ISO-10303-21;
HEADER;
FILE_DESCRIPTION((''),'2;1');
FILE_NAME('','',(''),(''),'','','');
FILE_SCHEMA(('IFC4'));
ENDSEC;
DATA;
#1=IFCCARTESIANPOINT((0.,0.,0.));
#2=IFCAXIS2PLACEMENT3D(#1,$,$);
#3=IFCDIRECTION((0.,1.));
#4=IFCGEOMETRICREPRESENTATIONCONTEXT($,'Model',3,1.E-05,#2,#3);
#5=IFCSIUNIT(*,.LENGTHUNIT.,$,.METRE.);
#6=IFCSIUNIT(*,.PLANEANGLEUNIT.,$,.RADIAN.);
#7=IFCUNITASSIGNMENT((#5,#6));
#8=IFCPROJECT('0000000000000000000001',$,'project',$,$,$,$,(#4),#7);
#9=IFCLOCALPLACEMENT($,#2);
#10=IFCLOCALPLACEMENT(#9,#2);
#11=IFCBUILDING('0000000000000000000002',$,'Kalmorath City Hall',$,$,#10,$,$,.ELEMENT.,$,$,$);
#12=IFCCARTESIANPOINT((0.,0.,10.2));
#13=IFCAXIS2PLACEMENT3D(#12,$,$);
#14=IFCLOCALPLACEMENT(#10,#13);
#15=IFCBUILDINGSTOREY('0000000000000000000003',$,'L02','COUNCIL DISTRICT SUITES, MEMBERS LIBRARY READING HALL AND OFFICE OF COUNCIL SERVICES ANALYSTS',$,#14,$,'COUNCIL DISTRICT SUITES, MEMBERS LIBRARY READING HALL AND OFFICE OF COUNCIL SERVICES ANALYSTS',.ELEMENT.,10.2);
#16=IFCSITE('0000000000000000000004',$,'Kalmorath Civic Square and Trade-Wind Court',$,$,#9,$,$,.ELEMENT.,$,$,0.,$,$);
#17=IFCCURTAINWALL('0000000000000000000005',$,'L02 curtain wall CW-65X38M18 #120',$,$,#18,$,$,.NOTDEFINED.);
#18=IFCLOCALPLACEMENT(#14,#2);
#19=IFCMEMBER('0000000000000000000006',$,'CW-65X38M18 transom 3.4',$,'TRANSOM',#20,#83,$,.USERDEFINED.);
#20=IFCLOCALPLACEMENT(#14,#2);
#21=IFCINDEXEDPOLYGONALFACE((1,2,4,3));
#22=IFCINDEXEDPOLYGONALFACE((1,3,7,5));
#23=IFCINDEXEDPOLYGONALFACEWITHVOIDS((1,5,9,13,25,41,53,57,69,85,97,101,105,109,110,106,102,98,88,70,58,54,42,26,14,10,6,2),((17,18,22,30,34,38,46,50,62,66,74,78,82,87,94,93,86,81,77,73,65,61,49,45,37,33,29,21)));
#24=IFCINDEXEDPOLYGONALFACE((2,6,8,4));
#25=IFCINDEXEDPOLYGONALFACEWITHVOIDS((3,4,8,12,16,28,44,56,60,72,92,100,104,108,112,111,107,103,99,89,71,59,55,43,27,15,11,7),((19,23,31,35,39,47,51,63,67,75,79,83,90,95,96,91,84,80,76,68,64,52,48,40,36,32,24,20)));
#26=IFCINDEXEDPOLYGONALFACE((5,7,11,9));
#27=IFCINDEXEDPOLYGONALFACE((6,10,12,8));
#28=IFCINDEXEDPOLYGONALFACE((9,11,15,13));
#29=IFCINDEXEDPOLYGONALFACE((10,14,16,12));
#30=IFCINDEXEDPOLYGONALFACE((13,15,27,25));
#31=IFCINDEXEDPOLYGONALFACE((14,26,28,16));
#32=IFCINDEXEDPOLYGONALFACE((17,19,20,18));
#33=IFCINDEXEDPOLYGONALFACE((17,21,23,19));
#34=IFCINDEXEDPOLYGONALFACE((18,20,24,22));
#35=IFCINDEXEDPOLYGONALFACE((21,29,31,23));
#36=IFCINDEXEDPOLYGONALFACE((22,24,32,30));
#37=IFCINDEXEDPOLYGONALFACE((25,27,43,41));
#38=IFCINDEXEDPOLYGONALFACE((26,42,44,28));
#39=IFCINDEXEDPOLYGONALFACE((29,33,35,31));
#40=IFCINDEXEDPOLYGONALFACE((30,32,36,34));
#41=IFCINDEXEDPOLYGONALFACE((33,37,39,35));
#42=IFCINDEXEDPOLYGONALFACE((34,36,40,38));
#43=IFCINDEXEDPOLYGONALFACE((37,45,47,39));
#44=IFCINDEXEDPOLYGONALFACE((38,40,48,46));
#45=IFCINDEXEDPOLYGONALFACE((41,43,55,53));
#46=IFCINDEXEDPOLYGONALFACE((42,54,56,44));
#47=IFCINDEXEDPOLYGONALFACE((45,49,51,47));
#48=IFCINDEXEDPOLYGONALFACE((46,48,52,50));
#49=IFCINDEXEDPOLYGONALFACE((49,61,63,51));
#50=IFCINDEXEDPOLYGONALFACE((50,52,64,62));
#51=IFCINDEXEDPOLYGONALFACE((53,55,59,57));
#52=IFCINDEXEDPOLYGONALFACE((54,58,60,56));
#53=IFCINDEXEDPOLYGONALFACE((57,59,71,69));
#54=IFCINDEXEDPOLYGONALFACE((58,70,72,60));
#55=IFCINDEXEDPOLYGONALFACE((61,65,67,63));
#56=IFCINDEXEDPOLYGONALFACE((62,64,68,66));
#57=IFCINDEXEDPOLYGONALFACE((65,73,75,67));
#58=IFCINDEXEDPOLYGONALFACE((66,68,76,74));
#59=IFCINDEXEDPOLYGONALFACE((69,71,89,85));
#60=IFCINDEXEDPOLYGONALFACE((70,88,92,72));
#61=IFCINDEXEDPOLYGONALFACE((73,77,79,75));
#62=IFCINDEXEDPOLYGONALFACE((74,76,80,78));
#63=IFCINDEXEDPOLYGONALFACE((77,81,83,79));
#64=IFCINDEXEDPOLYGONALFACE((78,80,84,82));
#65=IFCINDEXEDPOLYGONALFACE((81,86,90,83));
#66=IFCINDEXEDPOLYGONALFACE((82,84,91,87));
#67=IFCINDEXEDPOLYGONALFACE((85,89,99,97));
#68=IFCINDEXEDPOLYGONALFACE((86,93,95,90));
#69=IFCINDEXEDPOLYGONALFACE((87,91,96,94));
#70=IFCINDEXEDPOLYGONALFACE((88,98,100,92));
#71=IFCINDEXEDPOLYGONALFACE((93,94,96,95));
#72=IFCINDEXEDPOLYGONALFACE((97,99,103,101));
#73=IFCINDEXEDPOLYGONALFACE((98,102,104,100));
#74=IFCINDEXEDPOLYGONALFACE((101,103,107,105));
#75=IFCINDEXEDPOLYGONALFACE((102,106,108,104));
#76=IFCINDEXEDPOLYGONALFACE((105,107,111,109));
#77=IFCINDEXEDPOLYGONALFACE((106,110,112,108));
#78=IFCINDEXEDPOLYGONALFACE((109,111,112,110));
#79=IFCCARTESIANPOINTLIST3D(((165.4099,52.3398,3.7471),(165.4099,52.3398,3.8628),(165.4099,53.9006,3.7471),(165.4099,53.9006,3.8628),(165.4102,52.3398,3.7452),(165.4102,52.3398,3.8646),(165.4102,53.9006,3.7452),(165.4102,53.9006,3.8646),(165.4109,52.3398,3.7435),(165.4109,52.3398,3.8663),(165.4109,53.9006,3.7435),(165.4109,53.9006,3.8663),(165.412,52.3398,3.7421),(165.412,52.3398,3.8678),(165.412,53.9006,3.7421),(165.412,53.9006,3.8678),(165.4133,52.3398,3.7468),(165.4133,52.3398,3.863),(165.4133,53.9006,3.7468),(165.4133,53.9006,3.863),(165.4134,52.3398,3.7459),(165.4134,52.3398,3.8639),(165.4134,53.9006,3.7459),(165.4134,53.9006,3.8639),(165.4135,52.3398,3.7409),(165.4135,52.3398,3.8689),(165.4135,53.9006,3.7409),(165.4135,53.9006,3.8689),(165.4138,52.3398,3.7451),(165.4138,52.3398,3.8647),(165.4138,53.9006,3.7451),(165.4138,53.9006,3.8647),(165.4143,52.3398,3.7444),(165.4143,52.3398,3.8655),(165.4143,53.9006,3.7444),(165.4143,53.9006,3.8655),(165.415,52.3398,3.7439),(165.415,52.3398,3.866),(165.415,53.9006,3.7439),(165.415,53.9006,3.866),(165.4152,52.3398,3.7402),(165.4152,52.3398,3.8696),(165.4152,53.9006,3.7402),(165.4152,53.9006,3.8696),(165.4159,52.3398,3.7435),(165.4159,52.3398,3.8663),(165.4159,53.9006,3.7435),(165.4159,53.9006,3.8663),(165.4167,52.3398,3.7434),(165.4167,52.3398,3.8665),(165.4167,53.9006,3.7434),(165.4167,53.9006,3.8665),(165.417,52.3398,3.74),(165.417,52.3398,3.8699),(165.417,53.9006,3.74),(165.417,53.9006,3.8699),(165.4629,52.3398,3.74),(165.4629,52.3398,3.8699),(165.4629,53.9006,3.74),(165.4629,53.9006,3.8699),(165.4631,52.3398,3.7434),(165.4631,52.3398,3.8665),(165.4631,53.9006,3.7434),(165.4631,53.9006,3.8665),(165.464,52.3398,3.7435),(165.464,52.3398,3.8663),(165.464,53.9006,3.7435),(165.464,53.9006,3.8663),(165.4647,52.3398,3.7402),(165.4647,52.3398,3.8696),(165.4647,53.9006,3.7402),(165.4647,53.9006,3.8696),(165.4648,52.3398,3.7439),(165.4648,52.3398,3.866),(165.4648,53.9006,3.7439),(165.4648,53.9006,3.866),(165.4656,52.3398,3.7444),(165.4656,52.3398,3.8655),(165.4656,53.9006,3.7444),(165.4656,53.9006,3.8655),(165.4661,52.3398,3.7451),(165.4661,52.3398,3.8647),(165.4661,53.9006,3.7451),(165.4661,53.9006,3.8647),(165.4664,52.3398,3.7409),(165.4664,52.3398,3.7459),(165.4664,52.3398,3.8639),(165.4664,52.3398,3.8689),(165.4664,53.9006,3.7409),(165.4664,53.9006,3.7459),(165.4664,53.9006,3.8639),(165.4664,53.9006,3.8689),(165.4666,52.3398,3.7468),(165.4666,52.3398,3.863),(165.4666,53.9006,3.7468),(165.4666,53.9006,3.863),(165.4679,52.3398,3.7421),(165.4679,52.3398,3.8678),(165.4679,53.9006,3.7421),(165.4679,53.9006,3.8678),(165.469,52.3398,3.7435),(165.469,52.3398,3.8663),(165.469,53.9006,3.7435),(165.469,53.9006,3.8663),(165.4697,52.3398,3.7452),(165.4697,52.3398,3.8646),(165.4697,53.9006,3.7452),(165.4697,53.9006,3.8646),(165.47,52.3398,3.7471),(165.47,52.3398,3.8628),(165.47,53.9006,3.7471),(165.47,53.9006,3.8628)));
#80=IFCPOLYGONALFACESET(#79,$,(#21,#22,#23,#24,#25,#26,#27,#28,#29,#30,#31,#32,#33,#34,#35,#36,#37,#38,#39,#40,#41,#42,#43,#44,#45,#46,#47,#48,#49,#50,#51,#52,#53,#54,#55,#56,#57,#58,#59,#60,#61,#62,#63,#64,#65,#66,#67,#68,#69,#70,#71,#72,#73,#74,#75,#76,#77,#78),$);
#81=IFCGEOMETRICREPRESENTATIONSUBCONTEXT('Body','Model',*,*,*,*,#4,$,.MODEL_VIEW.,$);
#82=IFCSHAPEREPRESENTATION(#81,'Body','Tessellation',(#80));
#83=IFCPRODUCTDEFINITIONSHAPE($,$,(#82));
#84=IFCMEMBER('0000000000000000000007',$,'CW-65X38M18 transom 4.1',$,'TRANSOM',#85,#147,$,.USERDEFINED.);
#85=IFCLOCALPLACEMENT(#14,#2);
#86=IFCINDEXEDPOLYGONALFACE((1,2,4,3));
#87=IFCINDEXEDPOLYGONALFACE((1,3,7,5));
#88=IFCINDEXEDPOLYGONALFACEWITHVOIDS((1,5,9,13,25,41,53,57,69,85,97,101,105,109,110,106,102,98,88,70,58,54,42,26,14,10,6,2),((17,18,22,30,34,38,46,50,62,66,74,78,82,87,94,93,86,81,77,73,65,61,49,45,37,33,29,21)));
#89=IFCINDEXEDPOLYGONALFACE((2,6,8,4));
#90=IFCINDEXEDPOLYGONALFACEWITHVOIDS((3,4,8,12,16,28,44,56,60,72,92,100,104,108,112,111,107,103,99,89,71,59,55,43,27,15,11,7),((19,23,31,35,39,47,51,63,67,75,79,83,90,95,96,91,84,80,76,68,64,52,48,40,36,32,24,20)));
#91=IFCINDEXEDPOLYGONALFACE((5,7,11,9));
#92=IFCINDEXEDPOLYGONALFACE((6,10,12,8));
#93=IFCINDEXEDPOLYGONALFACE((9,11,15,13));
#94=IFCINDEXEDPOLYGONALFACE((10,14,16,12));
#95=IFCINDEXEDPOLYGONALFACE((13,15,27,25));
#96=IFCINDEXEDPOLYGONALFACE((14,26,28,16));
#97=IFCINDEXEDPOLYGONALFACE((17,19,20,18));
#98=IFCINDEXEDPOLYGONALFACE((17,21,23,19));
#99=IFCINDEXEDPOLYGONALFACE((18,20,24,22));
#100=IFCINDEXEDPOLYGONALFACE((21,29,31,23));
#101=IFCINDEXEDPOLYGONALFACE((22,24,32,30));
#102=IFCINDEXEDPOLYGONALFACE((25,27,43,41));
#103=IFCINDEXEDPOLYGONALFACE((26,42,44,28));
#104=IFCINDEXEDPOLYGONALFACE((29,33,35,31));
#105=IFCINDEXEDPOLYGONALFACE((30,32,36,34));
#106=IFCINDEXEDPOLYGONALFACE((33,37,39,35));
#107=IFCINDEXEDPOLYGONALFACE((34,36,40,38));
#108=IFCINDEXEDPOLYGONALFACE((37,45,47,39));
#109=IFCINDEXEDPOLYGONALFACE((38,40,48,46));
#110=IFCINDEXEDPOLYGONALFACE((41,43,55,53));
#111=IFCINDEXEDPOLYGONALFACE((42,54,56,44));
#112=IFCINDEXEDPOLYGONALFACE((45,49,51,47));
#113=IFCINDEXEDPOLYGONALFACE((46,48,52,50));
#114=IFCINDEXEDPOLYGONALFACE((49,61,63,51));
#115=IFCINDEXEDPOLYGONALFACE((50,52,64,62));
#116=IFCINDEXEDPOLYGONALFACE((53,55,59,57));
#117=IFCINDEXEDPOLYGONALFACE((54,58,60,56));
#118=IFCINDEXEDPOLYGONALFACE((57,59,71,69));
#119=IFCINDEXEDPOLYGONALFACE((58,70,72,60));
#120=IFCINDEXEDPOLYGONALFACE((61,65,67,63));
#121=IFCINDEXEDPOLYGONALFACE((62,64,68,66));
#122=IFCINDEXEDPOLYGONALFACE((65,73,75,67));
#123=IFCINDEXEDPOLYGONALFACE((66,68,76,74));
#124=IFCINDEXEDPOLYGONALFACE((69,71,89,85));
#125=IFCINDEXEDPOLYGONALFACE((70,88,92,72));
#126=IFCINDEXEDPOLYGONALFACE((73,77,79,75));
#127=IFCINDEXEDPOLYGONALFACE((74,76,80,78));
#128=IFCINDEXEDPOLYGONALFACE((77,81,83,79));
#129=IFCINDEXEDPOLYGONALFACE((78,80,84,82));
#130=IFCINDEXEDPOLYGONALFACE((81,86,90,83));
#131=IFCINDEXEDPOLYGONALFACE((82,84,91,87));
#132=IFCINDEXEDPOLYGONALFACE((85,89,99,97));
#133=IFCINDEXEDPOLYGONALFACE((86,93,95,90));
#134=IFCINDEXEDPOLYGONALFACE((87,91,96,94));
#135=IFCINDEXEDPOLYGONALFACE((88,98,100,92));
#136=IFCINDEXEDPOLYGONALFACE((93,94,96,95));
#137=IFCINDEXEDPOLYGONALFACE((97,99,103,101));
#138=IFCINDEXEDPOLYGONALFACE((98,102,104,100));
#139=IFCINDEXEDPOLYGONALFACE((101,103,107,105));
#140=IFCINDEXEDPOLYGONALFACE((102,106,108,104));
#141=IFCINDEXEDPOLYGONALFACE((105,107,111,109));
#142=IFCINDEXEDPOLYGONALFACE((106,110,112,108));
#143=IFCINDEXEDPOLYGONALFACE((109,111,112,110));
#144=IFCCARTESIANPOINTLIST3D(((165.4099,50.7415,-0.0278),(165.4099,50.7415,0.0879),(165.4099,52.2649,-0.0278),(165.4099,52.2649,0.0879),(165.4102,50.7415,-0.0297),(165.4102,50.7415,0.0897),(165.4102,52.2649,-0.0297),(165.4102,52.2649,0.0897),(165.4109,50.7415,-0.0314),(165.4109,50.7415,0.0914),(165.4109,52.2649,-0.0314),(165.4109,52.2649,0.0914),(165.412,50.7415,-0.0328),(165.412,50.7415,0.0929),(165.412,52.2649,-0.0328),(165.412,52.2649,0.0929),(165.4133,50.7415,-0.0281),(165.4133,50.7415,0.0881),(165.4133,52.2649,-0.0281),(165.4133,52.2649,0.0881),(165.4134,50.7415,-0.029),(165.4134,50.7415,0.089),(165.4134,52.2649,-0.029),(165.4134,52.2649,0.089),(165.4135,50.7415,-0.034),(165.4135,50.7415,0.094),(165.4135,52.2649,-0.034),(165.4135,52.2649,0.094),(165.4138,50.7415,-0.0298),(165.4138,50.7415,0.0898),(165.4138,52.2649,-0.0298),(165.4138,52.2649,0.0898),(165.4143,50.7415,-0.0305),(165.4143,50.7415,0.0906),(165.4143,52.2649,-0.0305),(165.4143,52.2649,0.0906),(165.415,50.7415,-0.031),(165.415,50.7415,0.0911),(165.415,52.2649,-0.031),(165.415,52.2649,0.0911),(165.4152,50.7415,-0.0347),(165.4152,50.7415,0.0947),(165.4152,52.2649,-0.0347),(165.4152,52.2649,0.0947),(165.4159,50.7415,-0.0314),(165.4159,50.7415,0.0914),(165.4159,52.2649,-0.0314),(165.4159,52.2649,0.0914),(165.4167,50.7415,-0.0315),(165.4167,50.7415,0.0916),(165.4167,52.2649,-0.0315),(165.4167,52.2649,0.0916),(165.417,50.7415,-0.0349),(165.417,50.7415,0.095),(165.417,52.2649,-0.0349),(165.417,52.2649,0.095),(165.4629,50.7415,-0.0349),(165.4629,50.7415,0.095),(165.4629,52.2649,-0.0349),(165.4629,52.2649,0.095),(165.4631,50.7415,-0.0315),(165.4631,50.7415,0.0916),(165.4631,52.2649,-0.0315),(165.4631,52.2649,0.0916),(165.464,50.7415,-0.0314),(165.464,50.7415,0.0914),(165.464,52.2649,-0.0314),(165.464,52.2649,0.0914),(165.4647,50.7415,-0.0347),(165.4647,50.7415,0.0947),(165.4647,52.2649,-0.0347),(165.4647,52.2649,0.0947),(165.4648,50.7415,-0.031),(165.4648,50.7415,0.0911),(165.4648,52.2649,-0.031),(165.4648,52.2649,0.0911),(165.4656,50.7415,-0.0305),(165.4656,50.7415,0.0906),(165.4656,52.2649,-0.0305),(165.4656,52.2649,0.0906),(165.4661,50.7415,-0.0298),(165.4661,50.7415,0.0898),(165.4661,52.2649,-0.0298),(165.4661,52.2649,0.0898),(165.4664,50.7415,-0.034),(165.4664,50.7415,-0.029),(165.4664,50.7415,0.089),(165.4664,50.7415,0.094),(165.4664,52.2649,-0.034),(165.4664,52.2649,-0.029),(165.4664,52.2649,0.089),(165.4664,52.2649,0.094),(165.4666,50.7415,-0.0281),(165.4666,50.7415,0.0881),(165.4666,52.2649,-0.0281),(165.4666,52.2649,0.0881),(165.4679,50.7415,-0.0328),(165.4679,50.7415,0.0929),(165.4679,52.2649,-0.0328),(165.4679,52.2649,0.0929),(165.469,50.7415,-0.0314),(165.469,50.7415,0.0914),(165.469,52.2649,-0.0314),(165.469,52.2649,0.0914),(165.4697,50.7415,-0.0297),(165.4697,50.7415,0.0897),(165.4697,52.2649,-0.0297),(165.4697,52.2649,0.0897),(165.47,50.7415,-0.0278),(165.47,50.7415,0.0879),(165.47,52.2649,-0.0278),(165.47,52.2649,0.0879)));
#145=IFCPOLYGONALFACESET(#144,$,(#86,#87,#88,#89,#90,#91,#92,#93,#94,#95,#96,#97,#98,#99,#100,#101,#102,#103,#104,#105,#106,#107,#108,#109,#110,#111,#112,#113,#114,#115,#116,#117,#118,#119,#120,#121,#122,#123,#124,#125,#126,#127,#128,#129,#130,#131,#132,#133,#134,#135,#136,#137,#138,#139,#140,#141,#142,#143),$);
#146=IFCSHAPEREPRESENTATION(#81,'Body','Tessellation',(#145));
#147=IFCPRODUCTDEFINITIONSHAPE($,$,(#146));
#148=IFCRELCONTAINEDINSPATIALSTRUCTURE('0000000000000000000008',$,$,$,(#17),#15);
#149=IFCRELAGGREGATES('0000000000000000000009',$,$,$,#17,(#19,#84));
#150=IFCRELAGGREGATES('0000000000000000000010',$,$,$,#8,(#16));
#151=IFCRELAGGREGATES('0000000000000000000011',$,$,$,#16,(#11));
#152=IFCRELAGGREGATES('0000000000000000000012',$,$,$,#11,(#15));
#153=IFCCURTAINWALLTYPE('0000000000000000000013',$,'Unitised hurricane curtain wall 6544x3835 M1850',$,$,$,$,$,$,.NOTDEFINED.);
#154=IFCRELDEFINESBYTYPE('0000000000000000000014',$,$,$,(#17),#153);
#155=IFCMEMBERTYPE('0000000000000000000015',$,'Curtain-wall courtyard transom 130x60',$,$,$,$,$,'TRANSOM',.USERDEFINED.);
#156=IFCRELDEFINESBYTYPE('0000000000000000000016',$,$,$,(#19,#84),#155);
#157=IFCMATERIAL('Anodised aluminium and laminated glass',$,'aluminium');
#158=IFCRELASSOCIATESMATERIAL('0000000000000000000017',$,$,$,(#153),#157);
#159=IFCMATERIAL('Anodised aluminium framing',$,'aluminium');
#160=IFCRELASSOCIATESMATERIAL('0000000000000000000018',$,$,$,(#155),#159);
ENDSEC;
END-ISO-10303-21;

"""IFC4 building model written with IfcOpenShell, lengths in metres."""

from ifc_helpers import new_model, si_unit, direction, frame, origin, origin_2d, place, context, subcontext, project, spatial, hollow_rectangle, extrude, material, material_profile, profile_set, type_object, element, aggregate, save


model = new_model("IFC4")

# Units and contexts
model_context = context("Model", 3, precision=1e-05, world=origin(), true_north=direction((0.0, 1.0)))
body_context = subcontext(model_context, "Body", "Model", "MODEL_VIEW")
ifc_project = project(units=[si_unit("LENGTHUNIT", "METRE"), si_unit("PLANEANGLEUNIT", "RADIAN")], contexts=[model_context])

# Site, building, storey
site_placement = place(None, origin())
site = spatial("IfcSite", under=ifc_project, at=site_placement, Name="Kalmorath Civic Square and Trade-Wind Court", CompositionType="ELEMENT", RefElevation=0.0)
building_placement = place(site_placement, origin())
building = spatial("IfcBuilding", under=site, at=building_placement, Name="Kalmorath City Hall", CompositionType="ELEMENT")
storey_placement = place(building_placement, frame((0.0, 0.0, 10.2)))
storey = spatial("IfcBuildingStorey", under=building, at=storey_placement, Name="L02", Description="COUNCIL DISTRICT SUITES, MEMBERS LIBRARY READING HALL AND OFFICE OF COUNCIL SERVICES ANALYSTS", LongName="COUNCIL DISTRICT SUITES, MEMBERS LIBRARY READING HALL AND OFFICE OF COUNCIL SERVICES ANALYSTS", CompositionType="ELEMENT", Elevation=10.2)

# Curtain wall, members
ifc_material_1 = material(Name="Anodised aluminium and laminated glass", Category="aluminium")
curtain_wall_type = type_object("IfcCurtainWallType", Name="Unitised hurricane curtain wall 6544x3835 M1850", PredefinedType="NOTDEFINED", material=ifc_material_1)
curtain_wall_placement = place(storey_placement, origin())
curtain_wall = element("IfcCurtainWall", 1, at=curtain_wall_placement, inside=storey, type_object=curtain_wall_type, Name="L02 curtain wall CW-65X38M18 #120", PredefinedType="NOTDEFINED")
ifc_material_2 = material(Name="Anodised aluminium framing", Category="aluminium")
ifc_material_profile_1 = material_profile(ifc_material_2, hollow_rectangle(XDim=0.0601, YDim=0.1299, WallThickness=0.0034, InnerFilletRadius=0.0034, OuterFilletRadius=0.0071, at=origin_2d()), Name="ALU-TRN-130X60X3.5")
ifc_profile_set_1 = profile_set([ifc_material_profile_1], Name="Anodised aluminium framing")
member_type_1 = type_object("IfcMemberType", Name="Curtain-wall courtyard transom 130x60", ElementType="TRANSOM", PredefinedType="USERDEFINED", material=ifc_profile_set_1)
member_1_placement = place(storey_placement, frame((165.4399, 53.9006, 3.8049), z_axis=(0.0, -1.0, 0.0), x_axis=(1.0, 0.0, 0.0)))
member_1 = element("IfcMember", 2, at=member_1_placement, type_object=member_type_1, Name="CW-65X38M18 transom 3.4", ObjectType="TRANSOM", PredefinedType="USERDEFINED", context=body_context, shape_type="SweptSolid", body=[
    extrude(hollow_rectangle(XDim=0.0601, YDim=0.1299, WallThickness=0.0034, InnerFilletRadius=0.0034, OuterFilletRadius=0.0071, at=origin_2d()), origin(), (0.0, 0.0, 1.0), 1.5608),
])
member_2_placement = place(storey_placement, frame((165.4399, 52.2649, 0.03), z_axis=(0.0, -1.0, 0.0), x_axis=(1.0, 0.0, 0.0)))
member_2 = element("IfcMember", 3, at=member_2_placement, type_object=member_type_1, Name="CW-65X38M18 transom 4.1", ObjectType="TRANSOM", PredefinedType="USERDEFINED", context=body_context, shape_type="SweptSolid", body=[
    extrude(hollow_rectangle(XDim=0.0601, YDim=0.1299, WallThickness=0.0034, InnerFilletRadius=0.0034, OuterFilletRadius=0.0071, at=origin_2d()), origin(), (0.0, 0.0, 1.0), 1.5234),
])

aggregate(curtain_wall, [member_1, member_2])

save(model, "model.ifc")
